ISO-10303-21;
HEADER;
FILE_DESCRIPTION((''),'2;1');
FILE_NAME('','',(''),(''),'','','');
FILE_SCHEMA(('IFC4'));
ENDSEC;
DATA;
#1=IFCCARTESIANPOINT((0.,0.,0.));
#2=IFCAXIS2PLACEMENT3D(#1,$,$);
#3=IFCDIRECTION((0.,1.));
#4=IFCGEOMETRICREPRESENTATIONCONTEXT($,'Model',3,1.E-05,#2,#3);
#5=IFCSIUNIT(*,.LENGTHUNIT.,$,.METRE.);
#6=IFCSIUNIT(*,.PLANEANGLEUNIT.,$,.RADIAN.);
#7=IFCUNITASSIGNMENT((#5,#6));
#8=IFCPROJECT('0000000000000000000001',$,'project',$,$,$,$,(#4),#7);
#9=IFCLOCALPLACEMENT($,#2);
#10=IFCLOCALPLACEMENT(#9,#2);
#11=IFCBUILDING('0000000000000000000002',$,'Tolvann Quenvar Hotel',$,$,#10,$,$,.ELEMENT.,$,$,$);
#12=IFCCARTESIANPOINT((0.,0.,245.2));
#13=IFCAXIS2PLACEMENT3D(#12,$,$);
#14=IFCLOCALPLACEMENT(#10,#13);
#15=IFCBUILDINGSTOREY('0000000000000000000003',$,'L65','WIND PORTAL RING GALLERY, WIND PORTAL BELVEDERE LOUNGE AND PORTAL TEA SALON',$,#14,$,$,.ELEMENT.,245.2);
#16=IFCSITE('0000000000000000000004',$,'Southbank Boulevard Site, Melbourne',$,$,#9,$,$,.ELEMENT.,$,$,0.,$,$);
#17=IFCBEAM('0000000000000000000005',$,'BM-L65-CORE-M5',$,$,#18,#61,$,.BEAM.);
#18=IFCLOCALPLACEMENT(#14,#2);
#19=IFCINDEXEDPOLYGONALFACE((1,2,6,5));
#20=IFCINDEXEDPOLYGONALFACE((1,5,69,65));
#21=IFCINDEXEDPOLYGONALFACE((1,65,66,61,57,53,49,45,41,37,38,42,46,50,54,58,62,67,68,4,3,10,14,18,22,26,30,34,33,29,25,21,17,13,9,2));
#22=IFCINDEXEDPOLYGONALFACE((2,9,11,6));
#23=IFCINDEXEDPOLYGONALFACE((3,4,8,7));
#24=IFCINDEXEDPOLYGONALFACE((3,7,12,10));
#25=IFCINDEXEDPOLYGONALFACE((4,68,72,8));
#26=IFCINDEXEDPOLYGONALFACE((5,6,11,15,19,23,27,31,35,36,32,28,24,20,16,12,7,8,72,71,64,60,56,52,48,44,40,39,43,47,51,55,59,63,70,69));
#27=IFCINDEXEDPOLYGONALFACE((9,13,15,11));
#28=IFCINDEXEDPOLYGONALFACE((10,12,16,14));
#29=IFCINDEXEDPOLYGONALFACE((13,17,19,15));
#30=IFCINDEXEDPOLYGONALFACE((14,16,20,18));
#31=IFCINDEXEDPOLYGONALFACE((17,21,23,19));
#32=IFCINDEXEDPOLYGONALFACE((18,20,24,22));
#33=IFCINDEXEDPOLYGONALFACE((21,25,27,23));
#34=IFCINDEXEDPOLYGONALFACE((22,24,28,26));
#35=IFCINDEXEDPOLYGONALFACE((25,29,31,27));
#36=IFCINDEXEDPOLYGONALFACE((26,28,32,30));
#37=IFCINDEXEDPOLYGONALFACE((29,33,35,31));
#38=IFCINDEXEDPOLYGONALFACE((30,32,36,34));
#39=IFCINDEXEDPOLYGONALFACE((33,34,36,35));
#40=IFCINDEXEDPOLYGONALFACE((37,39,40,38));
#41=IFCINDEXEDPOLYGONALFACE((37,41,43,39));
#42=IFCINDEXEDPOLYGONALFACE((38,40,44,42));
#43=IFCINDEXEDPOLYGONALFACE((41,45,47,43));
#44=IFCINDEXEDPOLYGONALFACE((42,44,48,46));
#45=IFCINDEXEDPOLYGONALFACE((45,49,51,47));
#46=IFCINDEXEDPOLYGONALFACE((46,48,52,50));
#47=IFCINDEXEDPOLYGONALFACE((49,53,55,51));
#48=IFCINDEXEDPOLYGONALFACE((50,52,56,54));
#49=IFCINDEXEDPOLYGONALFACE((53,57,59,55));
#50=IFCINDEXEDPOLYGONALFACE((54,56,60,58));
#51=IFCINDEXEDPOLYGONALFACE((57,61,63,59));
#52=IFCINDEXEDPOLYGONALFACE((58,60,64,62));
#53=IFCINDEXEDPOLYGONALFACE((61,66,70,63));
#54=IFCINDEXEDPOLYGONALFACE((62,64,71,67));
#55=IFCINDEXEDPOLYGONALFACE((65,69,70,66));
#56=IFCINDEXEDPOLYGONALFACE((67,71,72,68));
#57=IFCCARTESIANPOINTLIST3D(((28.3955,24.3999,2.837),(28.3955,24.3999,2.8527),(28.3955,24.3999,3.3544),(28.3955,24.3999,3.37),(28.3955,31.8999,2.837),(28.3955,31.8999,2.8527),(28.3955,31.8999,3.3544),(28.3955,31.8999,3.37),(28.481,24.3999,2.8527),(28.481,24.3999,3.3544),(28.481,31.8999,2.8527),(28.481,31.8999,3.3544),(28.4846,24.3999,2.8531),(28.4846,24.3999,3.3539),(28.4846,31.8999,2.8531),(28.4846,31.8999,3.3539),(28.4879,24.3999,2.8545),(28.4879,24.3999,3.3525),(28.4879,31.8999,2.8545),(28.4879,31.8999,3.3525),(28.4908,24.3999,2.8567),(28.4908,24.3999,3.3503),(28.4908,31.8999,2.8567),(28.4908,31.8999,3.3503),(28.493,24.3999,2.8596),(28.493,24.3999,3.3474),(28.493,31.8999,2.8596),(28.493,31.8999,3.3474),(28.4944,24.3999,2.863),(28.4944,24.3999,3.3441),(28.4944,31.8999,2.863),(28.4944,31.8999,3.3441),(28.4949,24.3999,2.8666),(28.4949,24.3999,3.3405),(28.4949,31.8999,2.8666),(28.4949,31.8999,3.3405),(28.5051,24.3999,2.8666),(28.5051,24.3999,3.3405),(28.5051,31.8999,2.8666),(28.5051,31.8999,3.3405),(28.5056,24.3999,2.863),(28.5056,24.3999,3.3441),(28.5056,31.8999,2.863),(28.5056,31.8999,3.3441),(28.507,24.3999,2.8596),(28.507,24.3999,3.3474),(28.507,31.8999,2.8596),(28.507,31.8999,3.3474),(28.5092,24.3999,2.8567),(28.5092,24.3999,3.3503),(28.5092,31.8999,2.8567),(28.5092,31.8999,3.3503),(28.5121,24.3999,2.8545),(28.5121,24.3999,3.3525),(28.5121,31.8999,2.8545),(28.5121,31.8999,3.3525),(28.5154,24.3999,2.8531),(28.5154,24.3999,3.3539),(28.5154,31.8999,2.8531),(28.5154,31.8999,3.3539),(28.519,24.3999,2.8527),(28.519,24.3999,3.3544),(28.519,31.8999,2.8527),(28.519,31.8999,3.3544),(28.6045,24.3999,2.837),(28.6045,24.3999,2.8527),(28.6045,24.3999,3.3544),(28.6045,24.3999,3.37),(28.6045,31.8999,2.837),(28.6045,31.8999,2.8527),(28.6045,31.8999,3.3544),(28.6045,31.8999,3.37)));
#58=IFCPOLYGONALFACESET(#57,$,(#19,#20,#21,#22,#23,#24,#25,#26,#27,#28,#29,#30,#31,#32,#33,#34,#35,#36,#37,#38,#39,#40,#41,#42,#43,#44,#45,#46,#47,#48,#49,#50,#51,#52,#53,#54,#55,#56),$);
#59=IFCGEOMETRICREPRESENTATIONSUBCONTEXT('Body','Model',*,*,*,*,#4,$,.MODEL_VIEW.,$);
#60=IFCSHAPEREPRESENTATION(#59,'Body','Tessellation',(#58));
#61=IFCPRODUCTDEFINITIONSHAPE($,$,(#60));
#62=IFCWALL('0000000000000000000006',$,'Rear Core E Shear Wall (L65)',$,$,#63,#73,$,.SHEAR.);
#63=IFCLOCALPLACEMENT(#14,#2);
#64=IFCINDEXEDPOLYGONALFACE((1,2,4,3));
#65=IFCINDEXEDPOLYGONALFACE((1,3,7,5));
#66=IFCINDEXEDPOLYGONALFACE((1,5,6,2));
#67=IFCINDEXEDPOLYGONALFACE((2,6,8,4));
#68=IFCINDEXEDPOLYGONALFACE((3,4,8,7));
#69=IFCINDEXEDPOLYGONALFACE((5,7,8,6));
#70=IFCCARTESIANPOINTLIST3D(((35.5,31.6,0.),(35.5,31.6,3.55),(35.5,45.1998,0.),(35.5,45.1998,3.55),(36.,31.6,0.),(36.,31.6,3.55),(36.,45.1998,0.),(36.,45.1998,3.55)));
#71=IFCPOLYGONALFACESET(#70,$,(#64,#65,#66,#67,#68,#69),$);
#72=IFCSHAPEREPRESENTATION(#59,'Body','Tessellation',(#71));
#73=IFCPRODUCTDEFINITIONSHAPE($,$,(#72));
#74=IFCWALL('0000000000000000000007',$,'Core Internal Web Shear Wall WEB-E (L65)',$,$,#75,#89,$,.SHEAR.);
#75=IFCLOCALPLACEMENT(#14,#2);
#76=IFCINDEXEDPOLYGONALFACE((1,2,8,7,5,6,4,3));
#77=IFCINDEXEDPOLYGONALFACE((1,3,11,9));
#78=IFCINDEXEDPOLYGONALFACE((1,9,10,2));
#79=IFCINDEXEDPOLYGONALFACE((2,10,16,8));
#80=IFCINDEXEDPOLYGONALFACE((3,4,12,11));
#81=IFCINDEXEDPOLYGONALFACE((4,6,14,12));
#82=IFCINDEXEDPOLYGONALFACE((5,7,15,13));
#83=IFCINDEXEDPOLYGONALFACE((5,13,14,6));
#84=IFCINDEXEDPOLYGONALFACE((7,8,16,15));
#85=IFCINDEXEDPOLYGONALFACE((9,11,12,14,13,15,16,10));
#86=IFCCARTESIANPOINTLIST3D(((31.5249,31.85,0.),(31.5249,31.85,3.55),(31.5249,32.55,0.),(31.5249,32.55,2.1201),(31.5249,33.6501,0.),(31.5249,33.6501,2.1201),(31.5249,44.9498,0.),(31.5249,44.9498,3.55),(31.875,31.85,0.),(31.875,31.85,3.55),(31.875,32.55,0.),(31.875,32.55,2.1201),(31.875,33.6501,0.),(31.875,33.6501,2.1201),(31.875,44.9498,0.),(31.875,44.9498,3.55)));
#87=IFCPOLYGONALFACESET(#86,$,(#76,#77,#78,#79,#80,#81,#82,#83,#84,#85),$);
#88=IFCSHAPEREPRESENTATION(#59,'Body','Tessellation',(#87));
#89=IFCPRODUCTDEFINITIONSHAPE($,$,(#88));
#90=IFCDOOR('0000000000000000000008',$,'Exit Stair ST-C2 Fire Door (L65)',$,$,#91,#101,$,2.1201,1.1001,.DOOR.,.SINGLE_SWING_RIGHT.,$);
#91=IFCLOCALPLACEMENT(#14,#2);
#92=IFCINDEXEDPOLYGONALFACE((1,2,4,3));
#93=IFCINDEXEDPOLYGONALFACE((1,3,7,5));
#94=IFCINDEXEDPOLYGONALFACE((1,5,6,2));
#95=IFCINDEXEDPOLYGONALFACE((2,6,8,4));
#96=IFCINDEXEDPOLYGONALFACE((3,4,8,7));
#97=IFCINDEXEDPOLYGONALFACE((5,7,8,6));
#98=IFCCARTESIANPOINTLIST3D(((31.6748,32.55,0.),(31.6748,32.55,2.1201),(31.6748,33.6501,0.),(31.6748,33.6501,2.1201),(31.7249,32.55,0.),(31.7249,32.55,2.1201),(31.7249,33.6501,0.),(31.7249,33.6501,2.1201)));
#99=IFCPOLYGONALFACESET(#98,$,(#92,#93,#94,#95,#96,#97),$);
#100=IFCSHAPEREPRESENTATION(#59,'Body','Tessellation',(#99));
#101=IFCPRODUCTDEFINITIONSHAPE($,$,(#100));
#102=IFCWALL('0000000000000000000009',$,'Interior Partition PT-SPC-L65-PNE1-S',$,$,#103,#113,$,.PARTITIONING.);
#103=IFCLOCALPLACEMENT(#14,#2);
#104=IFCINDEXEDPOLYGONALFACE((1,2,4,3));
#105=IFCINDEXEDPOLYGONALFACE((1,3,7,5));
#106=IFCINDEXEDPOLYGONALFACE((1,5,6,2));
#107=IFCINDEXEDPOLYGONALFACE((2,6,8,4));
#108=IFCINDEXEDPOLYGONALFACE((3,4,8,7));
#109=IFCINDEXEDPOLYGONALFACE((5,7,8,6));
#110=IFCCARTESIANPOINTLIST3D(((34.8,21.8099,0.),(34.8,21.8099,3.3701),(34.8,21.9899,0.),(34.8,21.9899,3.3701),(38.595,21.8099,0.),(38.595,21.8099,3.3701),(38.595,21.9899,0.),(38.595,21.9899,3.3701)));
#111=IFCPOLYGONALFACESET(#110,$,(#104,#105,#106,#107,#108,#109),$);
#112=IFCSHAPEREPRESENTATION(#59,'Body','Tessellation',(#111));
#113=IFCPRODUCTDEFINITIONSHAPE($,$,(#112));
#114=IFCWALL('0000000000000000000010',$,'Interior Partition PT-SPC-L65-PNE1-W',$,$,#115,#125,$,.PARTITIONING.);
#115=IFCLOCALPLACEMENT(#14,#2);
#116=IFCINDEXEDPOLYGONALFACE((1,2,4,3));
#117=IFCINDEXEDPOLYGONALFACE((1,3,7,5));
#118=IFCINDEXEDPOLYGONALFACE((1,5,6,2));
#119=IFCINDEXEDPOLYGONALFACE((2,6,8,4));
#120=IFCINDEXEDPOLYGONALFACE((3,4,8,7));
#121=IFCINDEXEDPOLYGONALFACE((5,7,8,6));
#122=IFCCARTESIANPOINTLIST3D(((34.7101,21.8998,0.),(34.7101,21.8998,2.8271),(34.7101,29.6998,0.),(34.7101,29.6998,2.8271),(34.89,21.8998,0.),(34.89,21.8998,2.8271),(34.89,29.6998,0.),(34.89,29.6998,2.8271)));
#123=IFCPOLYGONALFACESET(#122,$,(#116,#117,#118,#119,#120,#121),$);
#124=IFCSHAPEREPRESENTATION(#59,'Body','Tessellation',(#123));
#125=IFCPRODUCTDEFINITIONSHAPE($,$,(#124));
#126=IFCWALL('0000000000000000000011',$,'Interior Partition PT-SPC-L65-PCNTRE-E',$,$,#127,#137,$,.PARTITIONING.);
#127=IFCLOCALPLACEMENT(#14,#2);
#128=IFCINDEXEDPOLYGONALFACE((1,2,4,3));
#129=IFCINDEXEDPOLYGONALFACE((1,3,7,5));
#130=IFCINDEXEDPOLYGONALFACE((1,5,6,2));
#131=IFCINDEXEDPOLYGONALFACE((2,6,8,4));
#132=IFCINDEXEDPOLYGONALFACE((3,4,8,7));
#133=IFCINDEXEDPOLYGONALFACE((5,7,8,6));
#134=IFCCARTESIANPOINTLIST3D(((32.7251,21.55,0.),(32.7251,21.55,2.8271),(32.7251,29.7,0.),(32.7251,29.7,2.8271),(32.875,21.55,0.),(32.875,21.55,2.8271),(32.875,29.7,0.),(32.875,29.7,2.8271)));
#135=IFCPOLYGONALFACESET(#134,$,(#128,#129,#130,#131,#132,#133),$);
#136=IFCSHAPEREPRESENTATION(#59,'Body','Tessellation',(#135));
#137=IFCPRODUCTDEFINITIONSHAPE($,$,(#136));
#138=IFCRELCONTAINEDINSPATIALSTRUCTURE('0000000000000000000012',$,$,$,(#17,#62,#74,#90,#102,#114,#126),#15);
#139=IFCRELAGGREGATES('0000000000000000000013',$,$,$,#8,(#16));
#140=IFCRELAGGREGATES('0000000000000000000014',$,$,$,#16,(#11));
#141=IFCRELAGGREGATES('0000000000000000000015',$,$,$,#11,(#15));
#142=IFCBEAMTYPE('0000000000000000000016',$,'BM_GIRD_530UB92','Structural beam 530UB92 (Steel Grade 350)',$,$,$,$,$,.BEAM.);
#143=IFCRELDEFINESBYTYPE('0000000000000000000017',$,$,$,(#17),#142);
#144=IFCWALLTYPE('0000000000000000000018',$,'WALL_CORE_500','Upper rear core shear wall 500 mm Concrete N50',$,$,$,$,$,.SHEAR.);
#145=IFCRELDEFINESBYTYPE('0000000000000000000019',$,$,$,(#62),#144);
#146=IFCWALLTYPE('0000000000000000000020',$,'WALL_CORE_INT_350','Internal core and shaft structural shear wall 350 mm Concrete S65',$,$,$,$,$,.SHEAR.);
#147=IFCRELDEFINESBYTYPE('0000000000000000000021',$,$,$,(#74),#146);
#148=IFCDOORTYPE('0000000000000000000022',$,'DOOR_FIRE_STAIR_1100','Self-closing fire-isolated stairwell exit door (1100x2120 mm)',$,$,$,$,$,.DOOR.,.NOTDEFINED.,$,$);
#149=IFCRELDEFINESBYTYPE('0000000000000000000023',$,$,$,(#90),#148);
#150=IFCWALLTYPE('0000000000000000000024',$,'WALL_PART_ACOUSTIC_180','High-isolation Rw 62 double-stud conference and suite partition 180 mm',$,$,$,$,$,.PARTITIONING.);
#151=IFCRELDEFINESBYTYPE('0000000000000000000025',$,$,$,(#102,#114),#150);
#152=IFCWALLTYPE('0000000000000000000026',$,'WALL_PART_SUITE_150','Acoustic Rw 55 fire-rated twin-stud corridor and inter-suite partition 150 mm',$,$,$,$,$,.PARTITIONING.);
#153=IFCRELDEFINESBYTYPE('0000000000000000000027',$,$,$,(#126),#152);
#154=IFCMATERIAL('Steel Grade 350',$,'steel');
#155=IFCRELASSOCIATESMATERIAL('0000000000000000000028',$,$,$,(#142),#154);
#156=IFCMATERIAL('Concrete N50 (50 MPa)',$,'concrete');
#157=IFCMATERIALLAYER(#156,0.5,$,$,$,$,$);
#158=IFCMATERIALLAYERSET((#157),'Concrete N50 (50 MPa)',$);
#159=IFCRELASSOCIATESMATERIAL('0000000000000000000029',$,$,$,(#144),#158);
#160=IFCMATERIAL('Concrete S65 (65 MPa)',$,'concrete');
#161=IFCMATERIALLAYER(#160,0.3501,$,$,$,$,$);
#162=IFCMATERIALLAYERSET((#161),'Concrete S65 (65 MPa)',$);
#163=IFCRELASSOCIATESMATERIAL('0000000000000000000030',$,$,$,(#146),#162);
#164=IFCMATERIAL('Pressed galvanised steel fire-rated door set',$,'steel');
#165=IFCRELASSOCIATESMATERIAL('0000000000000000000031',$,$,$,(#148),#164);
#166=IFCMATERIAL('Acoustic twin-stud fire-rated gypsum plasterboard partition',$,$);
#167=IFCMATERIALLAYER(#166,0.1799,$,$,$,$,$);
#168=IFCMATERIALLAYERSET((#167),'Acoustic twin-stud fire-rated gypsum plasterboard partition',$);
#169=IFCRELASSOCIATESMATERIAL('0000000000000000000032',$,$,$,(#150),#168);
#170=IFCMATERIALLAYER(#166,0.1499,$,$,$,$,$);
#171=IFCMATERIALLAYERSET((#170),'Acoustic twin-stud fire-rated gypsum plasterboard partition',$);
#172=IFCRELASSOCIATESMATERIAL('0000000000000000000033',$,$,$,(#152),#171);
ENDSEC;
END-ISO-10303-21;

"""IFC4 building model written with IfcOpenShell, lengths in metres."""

from ifc_helpers import new_model, si_unit, direction, frame, frame_2d, origin, origin_2d, place, context, subcontext, project, spatial, rectangle, i_section, extrude, source, transform, mapped, material, layer, layer_set, material_profile, profile_set, type_object, type_shapes, element, fill, save


model = new_model("IFC4")

# Units and contexts
model_context = context("Model", 3, precision=1e-05, world=origin(), true_north=direction((0.0, 1.0)))
body_context = subcontext(model_context, "Body", "Model", "MODEL_VIEW")
ifc_project = project(units=[si_unit("LENGTHUNIT", "METRE"), si_unit("PLANEANGLEUNIT", "RADIAN")], contexts=[model_context])

# Site, building, storey
site_placement = place(None, origin())
site = spatial("IfcSite", under=ifc_project, at=site_placement, Name="Southbank Boulevard Site, Melbourne", CompositionType="ELEMENT", RefElevation=0.0)
building_placement = place(site_placement, origin())
building = spatial("IfcBuilding", under=site, at=building_placement, Name="Tolvann Quenvar Hotel", CompositionType="ELEMENT")
storey_placement = place(building_placement, frame((0.0, 0.0, 245.2)))
storey = spatial("IfcBuildingStorey", under=building, at=storey_placement, Name="L65", Description="WIND PORTAL RING GALLERY, WIND PORTAL BELVEDERE LOUNGE AND PORTAL TEA SALON", CompositionType="ELEMENT", Elevation=245.2)

# Shared definitions
ifc_material_1 = material(Name="Steel Grade 350", Category="steel")

# Beam
ifc_material_profile_1 = material_profile(ifc_material_1, i_section(OverallWidth=0.209, OverallDepth=0.533, WebThickness=0.0103, FlangeThickness=0.0156, FilletRadius=0.0139, at=origin_2d()), Name="530UB92")
ifc_profile_set_1 = profile_set([ifc_material_profile_1], Name="Steel Grade 350")
beam_type_1 = type_object("IfcBeamType", Name="BM_GIRD_530UB92", Description="Structural beam 530UB92 (Steel Grade 350)", PredefinedType="BEAM", material=ifc_profile_set_1)
shared_shape_1 = source(origin(), body_context, "Body", "SweptSolid", [
    extrude(i_section(OverallWidth=0.209, OverallDepth=0.533, WebThickness=0.0103, FlangeThickness=0.0156, FilletRadius=0.0139, at=origin_2d()), origin(), (0.0, 0.0, 1.0), 7.5),
])
for number, where, z_axis, x_axis, name in (
    (1, (28.5, 24.3999, 3.1035), (0.0, 1.0, 0.0), (-1.0, 0.0, 0.0), "BM-L65-CORE-M5"),
):
    element("IfcBeam", number, at=place(storey_placement, frame(where, z_axis=z_axis, x_axis=x_axis)), inside=storey, type_object=beam_type_1, Name=name, PredefinedType="BEAM", context=body_context, shape_type="MappedRepresentation", body=[
        mapped(shared_shape_1, transform((0.0, 0.0, 0.0), x_axis=(1.0, 0.0, 0.0), y_axis=(0.0, 1.0, 0.0), z_axis=(0.0, 0.0, 1.0), scale=1.0)),
    ])

# Wall
ifc_material_2 = material(Name="Concrete N50 (50 MPa)", Category="concrete")
ifc_layer_1 = layer(ifc_material_2, 0.5)
ifc_layer_set_1 = layer_set([ifc_layer_1], Name="Concrete N50 (50 MPa)")
wall_type_1 = type_object("IfcWallType", Name="WALL_CORE_500", Description="Upper rear core shear wall 500 mm Concrete N50", PredefinedType="SHEAR", material=ifc_layer_set_1)
wall_1_placement = place(storey_placement, frame((35.75, 31.6001, 0.0), z_axis=(0.0, 0.0, 1.0), x_axis=(0.0, 1.0, 0.0)))
element("IfcWall", 2, at=wall_1_placement, inside=storey, type_object=wall_type_1, Name="Rear Core E Shear Wall (L65)", PredefinedType="SHEAR", context=body_context, shape_type="SweptSolid", body=[
    extrude(rectangle(XDim=13.5999, YDim=0.5, at=frame_2d((6.7998, 0.0))), origin(), (0.0, 0.0, 1.0), 3.55),
])

# Wall, opening, door
ifc_material_3 = material(Name="Concrete S65 (65 MPa)", Category="concrete")
ifc_layer_2 = layer(ifc_material_3, 0.3501)
ifc_layer_set_2 = layer_set([ifc_layer_2], Name="Concrete S65 (65 MPa)")
wall_type_2 = type_object("IfcWallType", Name="WALL_CORE_INT_350", Description="Internal core and shaft structural shear wall 350 mm Concrete S65", PredefinedType="SHEAR", material=ifc_layer_set_2)
wall_2_placement = place(storey_placement, frame((31.7, 31.8501, 0.0), z_axis=(0.0, 0.0, 1.0), x_axis=(0.0, 1.0, 0.0)))
wall_2 = element("IfcWall", 3, at=wall_2_placement, inside=storey, type_object=wall_type_2, Name="Core Internal Web Shear Wall WEB-E (L65)", PredefinedType="SHEAR", context=body_context, shape_type="SweptSolid", body=[
    extrude(rectangle(XDim=13.0999, YDim=0.3501, at=frame_2d((6.5498, 0.0))), origin(), (0.0, 0.0, 1.0), 3.55),
])
opening_1_placement = place(wall_2_placement, frame((1.8, 0.0, 0.0), z_axis=(0.0, 0.0, 1.0), x_axis=(-1.0, 0.0, 0.0)))
opening_1 = element("IfcOpeningElement", 4, at=opening_1_placement, cuts=wall_2, PredefinedType="OPENING", context=body_context, shape_type="SweptSolid", body=[
    extrude(rectangle(XDim=1.1001, YDim=2.1201, at=frame_2d((0.55, 1.0601))), frame((0.0, 0.1851, 0.0), z_axis=(0.0, -1.0, 0.0), x_axis=(1.0, 0.0, 0.0)), (0.0, 0.0, 1.0), 0.3701),
])
ifc_material_4 = material(Name="Pressed galvanised steel fire-rated door set", Category="steel")
door_type_1 = type_object("IfcDoorType", Name="DOOR_FIRE_STAIR_1100", Description="Self-closing fire-isolated stairwell exit door (1100x2120 mm)", OperationType="NOTDEFINED", PredefinedType="DOOR", material=ifc_material_4)
shared_shape_2 = source(origin(), body_context, "Body", "SweptSolid", [
    extrude(rectangle(XDim=1.1001, YDim=2.1201, at=frame_2d((0.55, 1.0601))), frame((0.0, 0.0249, 0.0), z_axis=(0.0, -1.0, 0.0), x_axis=(1.0, 0.0, 0.0)), (0.0, 0.0, 1.0), 0.05),
])
type_shapes(door_type_1, [shared_shape_2])
door_1_placement = place(opening_1_placement, origin())
door_1 = element("IfcDoor", 5, at=door_1_placement, inside=storey, type_object=door_type_1, Name="Exit Stair ST-C2 Fire Door (L65)", OperationType="SINGLE_SWING_RIGHT", OverallHeight=2.1201, OverallWidth=1.1001, PredefinedType="DOOR", context=body_context, shape_type="MappedRepresentation", body=[
    mapped(shared_shape_2, transform((0.0, 0.0, 0.0), x_axis=(1.0, 0.0, 0.0), y_axis=(0.0, 1.0, 0.0), z_axis=(0.0, 0.0, 1.0), scale=1.0)),
])
fill(opening_1, door_1)

# Wall
ifc_material_5 = material(Name="Acoustic twin-stud fire-rated gypsum plasterboard partition")
ifc_layer_3 = layer(ifc_material_5, 0.1799)
ifc_layer_set_3 = layer_set([ifc_layer_3], Name="Acoustic twin-stud fire-rated gypsum plasterboard partition")
wall_type_3 = type_object("IfcWallType", Name="WALL_PART_ACOUSTIC_180", Description="High-isolation Rw 62 double-stud conference and suite partition 180 mm", PredefinedType="PARTITIONING", material=ifc_layer_set_3)
wall_3_placement = place(storey_placement, frame((34.8, 21.8999, 0.0), z_axis=(0.0, 0.0, 1.0), x_axis=(1.0, 0.0, 0.0)))
element("IfcWall", 6, at=wall_3_placement, inside=storey, type_object=wall_type_3, Name="Interior Partition PT-SPC-L65-PNE1-S", PredefinedType="PARTITIONING", context=body_context, shape_type="SweptSolid", body=[
    extrude(rectangle(XDim=3.7949, YDim=0.1799, at=frame_2d((1.8975, 0.0))), origin(), (0.0, 0.0, 1.0), 3.3701),
])

# Walls
wall_4_placement = place(storey_placement, frame((34.8, 21.8999, 0.0), z_axis=(0.0, 0.0, 1.0), x_axis=(0.0, 1.0, 0.0)))
element("IfcWall", 7, at=wall_4_placement, inside=storey, type_object=wall_type_3, Name="Interior Partition PT-SPC-L65-PNE1-W", PredefinedType="PARTITIONING", context=body_context, shape_type="SweptSolid", body=[
    extrude(rectangle(XDim=7.8, YDim=0.1799, at=frame_2d((3.8999, 0.0))), origin(), (0.0, 0.0, 1.0), 2.8271),
])
ifc_layer_4 = layer(ifc_material_5, 0.1499)
ifc_layer_set_4 = layer_set([ifc_layer_4], Name="Acoustic twin-stud fire-rated gypsum plasterboard partition")
wall_type_4 = type_object("IfcWallType", Name="WALL_PART_SUITE_150", Description="Acoustic Rw 55 fire-rated twin-stud corridor and inter-suite partition 150 mm", PredefinedType="PARTITIONING", material=ifc_layer_set_4)
wall_5_placement = place(storey_placement, frame((32.8, 21.55, 0.0), z_axis=(0.0, 0.0, 1.0), x_axis=(0.0, 1.0, 0.0)))
element("IfcWall", 8, at=wall_5_placement, inside=storey, type_object=wall_type_4, Name="Interior Partition PT-SPC-L65-PCNTRE-E", PredefinedType="PARTITIONING", context=body_context, shape_type="SweptSolid", body=[
    extrude(rectangle(XDim=8.1499, YDim=0.1499, at=frame_2d((4.075, 0.0))), origin(), (0.0, 0.0, 1.0), 2.8271),
])

save(model, "model.ifc")
